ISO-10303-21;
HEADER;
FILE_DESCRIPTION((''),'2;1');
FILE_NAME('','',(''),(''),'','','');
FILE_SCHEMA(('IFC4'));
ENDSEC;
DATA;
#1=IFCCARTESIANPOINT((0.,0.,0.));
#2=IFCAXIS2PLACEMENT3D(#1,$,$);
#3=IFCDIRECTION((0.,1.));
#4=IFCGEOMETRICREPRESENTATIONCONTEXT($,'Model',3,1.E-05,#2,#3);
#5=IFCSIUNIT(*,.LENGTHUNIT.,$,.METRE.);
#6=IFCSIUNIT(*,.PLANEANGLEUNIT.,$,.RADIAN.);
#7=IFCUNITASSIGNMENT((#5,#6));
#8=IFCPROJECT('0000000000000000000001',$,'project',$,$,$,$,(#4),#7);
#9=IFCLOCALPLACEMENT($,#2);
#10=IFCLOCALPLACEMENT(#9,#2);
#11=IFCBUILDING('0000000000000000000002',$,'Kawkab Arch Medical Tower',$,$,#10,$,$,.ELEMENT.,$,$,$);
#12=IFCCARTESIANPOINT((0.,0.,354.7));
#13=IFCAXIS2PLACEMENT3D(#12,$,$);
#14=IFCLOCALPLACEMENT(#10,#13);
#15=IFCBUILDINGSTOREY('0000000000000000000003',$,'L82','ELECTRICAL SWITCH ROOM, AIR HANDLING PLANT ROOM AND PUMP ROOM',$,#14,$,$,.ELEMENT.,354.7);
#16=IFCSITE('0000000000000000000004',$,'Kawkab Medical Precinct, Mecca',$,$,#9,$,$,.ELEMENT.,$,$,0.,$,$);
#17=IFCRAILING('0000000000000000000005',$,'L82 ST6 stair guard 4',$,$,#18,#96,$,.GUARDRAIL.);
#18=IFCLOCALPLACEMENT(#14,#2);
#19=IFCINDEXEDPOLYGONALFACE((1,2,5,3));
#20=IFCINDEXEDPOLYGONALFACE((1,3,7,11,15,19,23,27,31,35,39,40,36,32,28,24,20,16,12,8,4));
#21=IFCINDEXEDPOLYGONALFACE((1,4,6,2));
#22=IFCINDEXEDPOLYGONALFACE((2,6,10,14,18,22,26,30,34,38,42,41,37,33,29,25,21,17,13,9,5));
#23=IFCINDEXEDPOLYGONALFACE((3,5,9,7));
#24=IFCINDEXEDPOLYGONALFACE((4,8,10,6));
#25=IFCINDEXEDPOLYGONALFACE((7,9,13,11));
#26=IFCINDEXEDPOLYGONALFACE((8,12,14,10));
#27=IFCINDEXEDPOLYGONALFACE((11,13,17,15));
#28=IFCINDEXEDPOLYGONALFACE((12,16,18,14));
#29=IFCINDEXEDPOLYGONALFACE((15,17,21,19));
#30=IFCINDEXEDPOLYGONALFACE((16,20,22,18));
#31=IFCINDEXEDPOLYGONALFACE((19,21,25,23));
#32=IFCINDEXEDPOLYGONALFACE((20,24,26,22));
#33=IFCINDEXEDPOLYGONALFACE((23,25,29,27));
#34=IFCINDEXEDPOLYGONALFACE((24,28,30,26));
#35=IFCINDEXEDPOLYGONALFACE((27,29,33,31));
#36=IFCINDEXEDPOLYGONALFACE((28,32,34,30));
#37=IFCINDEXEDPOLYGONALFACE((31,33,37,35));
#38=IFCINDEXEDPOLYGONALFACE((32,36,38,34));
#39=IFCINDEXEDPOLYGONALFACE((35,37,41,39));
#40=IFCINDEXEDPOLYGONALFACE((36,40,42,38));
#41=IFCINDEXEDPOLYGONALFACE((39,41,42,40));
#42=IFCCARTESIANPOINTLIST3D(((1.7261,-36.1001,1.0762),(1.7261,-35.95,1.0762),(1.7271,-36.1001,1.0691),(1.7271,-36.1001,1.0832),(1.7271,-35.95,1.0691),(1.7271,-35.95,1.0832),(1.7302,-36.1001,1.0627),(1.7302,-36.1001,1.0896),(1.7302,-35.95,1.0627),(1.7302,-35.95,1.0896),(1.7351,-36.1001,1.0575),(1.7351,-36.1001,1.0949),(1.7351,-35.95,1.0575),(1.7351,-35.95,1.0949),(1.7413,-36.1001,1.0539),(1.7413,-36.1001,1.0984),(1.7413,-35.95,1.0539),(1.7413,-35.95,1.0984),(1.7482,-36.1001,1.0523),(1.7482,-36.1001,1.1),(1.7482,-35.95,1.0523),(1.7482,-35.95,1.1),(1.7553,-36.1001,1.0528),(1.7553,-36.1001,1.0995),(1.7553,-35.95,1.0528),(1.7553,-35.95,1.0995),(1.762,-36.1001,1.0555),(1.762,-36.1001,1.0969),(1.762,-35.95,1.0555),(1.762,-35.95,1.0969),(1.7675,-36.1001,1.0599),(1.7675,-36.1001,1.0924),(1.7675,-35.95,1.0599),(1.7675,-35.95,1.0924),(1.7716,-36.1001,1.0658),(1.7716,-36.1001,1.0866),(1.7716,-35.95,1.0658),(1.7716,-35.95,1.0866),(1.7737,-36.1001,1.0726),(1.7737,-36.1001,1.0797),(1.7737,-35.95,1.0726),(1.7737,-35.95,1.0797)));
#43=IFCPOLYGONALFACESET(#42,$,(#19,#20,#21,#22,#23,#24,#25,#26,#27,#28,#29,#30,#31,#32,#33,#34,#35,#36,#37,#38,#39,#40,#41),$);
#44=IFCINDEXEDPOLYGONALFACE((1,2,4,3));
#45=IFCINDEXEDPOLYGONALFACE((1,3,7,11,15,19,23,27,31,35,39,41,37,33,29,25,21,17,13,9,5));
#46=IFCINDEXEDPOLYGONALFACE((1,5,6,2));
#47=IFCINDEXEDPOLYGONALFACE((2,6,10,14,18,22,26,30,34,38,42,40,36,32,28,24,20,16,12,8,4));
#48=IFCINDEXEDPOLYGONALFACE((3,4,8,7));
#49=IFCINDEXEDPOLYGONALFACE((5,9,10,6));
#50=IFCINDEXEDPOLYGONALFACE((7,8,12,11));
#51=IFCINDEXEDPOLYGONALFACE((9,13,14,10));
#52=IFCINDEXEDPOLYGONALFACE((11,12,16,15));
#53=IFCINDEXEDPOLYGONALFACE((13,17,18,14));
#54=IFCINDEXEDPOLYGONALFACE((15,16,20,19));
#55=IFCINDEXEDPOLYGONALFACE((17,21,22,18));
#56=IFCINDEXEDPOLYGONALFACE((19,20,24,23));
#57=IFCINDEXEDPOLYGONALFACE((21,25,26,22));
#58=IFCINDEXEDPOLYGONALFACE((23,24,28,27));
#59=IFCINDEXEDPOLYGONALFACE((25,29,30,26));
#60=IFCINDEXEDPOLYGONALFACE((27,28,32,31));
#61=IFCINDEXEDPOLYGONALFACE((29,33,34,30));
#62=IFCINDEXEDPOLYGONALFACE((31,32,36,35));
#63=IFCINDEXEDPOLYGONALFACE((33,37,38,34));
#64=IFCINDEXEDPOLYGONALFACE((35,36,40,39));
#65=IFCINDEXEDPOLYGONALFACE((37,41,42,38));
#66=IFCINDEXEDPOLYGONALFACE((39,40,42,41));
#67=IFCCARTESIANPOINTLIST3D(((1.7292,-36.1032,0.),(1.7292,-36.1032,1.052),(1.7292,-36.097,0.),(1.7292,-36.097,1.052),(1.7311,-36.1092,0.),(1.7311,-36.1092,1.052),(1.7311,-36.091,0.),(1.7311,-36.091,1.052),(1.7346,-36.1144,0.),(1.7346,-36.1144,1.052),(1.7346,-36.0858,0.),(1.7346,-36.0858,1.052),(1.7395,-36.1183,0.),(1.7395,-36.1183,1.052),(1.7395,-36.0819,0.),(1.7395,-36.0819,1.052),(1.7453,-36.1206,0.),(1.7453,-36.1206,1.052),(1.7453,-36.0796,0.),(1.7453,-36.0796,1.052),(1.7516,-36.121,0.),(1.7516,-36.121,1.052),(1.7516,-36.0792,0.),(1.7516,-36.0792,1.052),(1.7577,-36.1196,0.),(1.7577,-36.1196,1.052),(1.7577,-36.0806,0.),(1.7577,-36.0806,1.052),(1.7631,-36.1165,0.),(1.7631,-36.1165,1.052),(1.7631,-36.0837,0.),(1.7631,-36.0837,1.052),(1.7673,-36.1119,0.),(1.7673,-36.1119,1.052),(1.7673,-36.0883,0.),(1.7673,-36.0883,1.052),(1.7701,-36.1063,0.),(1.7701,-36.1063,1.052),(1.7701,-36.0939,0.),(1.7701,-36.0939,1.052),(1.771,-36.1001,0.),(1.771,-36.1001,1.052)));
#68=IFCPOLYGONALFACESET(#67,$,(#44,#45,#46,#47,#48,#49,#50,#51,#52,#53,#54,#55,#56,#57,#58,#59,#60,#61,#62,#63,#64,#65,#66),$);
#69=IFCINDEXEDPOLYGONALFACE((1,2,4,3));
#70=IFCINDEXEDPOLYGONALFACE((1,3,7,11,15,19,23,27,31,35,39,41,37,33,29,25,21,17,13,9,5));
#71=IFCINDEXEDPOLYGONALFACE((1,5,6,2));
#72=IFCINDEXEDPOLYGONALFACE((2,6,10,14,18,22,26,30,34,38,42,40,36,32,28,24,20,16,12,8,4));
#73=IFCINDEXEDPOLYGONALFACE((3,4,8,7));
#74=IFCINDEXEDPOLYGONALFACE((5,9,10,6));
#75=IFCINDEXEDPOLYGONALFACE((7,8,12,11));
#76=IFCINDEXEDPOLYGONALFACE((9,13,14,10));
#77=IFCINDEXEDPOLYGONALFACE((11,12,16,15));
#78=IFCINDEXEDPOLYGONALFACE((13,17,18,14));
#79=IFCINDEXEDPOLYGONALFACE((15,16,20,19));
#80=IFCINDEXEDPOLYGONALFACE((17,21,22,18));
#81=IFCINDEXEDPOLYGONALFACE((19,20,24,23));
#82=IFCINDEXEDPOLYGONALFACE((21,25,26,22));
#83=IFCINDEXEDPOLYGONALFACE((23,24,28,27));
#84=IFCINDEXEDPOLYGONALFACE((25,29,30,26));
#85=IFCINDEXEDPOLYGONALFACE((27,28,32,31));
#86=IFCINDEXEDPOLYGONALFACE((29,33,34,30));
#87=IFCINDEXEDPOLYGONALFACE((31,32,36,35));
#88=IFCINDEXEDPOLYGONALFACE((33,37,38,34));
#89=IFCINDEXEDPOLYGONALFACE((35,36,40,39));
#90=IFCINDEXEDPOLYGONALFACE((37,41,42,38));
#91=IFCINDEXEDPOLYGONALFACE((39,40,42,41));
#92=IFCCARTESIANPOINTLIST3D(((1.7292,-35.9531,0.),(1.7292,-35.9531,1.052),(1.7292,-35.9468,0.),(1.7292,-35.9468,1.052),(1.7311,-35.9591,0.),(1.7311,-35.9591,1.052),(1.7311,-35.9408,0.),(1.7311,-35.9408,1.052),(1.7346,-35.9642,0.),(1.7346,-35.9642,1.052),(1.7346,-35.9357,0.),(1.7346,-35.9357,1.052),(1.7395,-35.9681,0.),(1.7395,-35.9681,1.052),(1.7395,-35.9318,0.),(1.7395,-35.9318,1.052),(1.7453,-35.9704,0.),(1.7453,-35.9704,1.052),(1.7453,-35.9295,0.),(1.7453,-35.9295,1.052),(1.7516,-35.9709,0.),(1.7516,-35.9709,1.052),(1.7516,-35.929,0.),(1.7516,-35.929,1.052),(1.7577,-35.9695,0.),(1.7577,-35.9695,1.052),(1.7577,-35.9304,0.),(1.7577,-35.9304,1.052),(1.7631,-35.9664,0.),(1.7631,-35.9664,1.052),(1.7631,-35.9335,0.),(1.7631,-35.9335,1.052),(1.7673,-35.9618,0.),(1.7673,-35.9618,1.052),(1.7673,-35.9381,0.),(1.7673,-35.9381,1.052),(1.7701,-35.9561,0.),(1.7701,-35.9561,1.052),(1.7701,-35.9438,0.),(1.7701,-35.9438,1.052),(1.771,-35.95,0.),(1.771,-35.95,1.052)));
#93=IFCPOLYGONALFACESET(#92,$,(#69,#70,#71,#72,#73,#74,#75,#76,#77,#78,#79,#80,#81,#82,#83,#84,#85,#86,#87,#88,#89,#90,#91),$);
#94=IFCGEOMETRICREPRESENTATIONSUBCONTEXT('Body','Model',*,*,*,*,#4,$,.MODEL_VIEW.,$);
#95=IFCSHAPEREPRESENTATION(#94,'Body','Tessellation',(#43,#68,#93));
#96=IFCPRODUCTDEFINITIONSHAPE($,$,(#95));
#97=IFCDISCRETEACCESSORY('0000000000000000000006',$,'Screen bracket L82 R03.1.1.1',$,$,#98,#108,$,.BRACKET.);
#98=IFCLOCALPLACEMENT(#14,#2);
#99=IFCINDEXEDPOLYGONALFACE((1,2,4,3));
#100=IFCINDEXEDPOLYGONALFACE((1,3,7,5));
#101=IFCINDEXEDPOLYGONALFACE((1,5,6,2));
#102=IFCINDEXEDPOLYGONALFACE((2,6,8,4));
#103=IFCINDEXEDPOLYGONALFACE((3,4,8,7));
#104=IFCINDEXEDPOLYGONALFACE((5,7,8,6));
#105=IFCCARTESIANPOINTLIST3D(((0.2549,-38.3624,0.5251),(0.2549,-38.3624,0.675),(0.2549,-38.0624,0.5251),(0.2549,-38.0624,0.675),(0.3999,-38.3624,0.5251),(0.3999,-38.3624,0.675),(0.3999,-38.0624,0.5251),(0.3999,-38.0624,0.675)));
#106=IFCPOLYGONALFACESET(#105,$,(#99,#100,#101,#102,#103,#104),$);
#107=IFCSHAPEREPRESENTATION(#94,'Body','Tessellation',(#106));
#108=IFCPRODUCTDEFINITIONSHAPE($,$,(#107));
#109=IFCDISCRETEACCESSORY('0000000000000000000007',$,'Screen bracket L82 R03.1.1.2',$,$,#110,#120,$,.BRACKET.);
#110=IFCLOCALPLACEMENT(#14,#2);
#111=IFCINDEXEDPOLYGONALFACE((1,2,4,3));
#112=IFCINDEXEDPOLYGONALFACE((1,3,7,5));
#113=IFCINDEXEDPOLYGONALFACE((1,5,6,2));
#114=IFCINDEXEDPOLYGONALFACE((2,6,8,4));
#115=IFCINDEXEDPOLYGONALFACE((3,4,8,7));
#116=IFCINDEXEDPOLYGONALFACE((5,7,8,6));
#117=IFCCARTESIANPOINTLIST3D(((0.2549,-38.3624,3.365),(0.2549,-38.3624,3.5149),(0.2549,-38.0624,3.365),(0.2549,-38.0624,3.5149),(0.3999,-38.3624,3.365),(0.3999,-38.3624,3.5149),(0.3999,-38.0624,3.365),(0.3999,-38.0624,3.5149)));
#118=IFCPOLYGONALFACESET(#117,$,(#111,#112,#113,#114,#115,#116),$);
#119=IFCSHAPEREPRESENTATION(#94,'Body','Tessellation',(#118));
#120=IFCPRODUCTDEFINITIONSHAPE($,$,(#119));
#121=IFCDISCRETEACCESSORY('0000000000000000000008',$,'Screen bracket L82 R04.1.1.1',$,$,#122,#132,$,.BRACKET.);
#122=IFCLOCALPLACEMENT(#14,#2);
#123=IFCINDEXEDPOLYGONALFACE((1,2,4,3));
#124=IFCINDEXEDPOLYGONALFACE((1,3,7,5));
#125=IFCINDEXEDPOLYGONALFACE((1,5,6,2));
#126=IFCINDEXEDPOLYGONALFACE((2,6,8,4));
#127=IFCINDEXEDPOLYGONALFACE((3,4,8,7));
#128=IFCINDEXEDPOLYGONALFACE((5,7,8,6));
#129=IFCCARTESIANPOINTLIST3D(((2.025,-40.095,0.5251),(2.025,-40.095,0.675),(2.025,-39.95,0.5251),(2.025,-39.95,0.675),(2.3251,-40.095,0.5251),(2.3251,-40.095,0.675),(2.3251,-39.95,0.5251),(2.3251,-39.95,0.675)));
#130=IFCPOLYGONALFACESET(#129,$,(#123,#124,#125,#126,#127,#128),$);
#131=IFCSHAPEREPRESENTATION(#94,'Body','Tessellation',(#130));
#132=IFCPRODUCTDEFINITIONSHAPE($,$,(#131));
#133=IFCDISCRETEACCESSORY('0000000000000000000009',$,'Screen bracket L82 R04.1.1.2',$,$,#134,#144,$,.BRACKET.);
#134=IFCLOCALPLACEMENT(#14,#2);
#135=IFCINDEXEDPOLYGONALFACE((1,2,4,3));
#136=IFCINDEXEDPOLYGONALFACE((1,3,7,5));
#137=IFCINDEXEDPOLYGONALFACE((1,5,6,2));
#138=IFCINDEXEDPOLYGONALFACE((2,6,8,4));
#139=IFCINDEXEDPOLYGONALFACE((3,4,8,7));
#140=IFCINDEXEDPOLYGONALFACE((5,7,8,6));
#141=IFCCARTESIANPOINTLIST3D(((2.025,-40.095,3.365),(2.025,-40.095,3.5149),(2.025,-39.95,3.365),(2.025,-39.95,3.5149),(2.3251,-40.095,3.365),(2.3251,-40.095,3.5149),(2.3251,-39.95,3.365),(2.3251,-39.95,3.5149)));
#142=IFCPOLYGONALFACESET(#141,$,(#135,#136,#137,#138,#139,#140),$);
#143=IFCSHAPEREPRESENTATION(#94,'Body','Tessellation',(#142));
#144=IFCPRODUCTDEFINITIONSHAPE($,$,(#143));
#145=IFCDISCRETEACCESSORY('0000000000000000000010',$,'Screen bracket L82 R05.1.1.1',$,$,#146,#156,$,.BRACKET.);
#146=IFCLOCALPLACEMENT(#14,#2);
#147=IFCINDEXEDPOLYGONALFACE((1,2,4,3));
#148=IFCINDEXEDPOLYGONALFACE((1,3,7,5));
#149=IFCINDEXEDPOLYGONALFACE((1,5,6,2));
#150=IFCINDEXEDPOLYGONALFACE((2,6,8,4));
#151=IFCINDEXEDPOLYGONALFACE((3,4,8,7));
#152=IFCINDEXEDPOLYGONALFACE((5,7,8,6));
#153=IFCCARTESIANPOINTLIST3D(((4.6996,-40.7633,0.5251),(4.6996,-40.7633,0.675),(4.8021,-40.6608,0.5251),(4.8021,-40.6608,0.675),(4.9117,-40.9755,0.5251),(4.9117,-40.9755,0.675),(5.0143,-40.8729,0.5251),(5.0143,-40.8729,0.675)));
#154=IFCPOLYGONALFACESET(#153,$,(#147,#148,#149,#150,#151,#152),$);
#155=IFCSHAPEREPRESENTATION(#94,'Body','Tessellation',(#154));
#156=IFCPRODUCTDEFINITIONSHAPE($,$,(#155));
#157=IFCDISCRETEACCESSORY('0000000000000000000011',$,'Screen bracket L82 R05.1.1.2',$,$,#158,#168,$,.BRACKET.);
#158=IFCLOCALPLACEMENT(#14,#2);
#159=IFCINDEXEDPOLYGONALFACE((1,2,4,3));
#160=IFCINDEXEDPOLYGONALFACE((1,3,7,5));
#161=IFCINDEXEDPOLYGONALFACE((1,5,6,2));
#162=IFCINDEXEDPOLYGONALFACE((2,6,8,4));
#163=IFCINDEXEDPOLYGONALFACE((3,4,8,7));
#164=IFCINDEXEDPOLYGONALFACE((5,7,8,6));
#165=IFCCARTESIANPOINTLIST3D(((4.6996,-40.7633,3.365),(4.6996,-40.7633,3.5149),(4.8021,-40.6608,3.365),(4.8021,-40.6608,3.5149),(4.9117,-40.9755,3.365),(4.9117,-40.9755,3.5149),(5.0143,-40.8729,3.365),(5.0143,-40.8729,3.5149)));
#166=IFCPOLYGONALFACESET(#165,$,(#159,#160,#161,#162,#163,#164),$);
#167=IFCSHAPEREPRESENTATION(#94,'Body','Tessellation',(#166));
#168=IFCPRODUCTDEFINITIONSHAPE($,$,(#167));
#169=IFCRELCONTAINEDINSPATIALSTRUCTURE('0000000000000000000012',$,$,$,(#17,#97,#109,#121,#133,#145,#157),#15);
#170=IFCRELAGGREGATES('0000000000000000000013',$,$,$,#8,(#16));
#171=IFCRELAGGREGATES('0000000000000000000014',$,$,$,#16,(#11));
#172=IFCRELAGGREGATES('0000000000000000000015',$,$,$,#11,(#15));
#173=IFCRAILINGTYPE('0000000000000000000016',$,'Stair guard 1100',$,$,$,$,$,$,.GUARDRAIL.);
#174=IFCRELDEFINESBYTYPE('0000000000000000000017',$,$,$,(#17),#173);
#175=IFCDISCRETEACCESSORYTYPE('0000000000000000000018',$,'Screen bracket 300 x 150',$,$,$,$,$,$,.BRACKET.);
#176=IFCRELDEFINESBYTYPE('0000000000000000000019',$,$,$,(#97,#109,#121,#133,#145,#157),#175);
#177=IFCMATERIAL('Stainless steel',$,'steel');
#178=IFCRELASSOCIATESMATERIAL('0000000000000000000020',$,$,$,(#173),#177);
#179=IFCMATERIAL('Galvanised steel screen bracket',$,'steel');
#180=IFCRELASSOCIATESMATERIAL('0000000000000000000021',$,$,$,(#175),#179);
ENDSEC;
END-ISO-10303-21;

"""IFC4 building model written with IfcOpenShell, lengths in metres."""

from ifc_helpers import new_model, si_unit, direction, frame, origin, origin_2d, place, context, subcontext, project, spatial, rectangle, circle, extrude, material, type_object, element, save


model = new_model("IFC4")

# Units and contexts
model_context = context("Model", 3, precision=1e-05, world=origin(), true_north=direction((0.0, 1.0)))
body_context = subcontext(model_context, "Body", "Model", "MODEL_VIEW")
ifc_project = project(units=[si_unit("LENGTHUNIT", "METRE"), si_unit("PLANEANGLEUNIT", "RADIAN")], contexts=[model_context])

# Site, building, storey
site_placement = place(None, origin())
site = spatial("IfcSite", under=ifc_project, at=site_placement, Name="Kawkab Medical Precinct, Mecca", CompositionType="ELEMENT", RefElevation=0.0)
building_placement = place(site_placement, origin())
building = spatial("IfcBuilding", under=site, at=building_placement, Name="Kawkab Arch Medical Tower", CompositionType="ELEMENT")
storey_placement = place(building_placement, frame((0.0, 0.0, 354.7)))
storey = spatial("IfcBuildingStorey", under=building, at=storey_placement, Name="L82", Description="ELECTRICAL SWITCH ROOM, AIR HANDLING PLANT ROOM AND PUMP ROOM", CompositionType="ELEMENT", Elevation=354.7)

# Railing
ifc_material_1 = material(Name="Stainless steel", Category="steel")
railing_type = type_object("IfcRailingType", Name="Stair guard 1100", PredefinedType="GUARDRAIL", material=ifc_material_1)
railing_1_placement = place(storey_placement, frame((1.75, -36.1001, 0.0)))
element("IfcRailing", 1, at=railing_1_placement, inside=storey, type_object=railing_type, Name="L82 ST6 stair guard 4", PredefinedType="GUARDRAIL", context=body_context, shape_type="SweptSolid", body=[
    extrude(circle(Radius=0.0239, at=origin_2d()), frame((0.0, 0.0, 1.0762), z_axis=(0.0, 1.0, 0.0), x_axis=(-1.0, 0.0, 0.0)), (0.0, 0.0, 1.0), 0.1501),
    extrude(circle(Radius=0.021, at=origin_2d()), origin(), (0.0, 0.0, 1.0), 1.052),
    extrude(circle(Radius=0.021, at=origin_2d()), frame((0.0, 0.1501, 0.0)), (0.0, 0.0, 1.0), 1.052),
])

# Discrete accessories
ifc_material_2 = material(Name="Galvanised steel screen bracket", Category="steel")
discrete_accessory_type = type_object("IfcDiscreteAccessoryType", Name="Screen bracket 300 x 150", PredefinedType="BRACKET", material=ifc_material_2)
for number, where, z_axis, x_axis, name in (
    (2, (0.3274, -38.2124, 0.5251), (0.0, 0.0, 1.0), (0.0, -1.0, 0.0), "Screen bracket L82 R03.1.1.1"),
    (3, (0.3274, -38.2124, 3.365), (0.0, 0.0, 1.0), (0.0, -1.0, 0.0), "Screen bracket L82 R03.1.1.2"),
    (4, (2.175, -40.0225, 0.5251), (0.0, 0.0, 1.0), (1.0, 0.0, 0.0), "Screen bracket L82 R04.1.1.1"),
    (5, (2.175, -40.0225, 3.365), (0.0, 0.0, 1.0), (1.0, 0.0, 0.0), "Screen bracket L82 R04.1.1.2"),
    (6, (4.8569, -40.8181, 0.5251), (0.0, 0.0, 1.0), (0.707107, -0.707107, 0.0), "Screen bracket L82 R05.1.1.1"),
    (7, (4.8569, -40.8181, 3.365), (0.0, 0.0, 1.0), (0.707107, -0.707107, 0.0), "Screen bracket L82 R05.1.1.2"),
):
    element("IfcDiscreteAccessory", number, at=place(storey_placement, frame(where, z_axis=z_axis, x_axis=x_axis)), inside=storey, type_object=discrete_accessory_type, Name=name, PredefinedType="BRACKET", context=body_context, shape_type="SweptSolid", body=[
        extrude(rectangle(XDim=0.3, YDim=0.145, at=origin_2d()), origin(), (0.0, 0.0, 1.0), 0.1499),
    ])

save(model, "model.ifc")
